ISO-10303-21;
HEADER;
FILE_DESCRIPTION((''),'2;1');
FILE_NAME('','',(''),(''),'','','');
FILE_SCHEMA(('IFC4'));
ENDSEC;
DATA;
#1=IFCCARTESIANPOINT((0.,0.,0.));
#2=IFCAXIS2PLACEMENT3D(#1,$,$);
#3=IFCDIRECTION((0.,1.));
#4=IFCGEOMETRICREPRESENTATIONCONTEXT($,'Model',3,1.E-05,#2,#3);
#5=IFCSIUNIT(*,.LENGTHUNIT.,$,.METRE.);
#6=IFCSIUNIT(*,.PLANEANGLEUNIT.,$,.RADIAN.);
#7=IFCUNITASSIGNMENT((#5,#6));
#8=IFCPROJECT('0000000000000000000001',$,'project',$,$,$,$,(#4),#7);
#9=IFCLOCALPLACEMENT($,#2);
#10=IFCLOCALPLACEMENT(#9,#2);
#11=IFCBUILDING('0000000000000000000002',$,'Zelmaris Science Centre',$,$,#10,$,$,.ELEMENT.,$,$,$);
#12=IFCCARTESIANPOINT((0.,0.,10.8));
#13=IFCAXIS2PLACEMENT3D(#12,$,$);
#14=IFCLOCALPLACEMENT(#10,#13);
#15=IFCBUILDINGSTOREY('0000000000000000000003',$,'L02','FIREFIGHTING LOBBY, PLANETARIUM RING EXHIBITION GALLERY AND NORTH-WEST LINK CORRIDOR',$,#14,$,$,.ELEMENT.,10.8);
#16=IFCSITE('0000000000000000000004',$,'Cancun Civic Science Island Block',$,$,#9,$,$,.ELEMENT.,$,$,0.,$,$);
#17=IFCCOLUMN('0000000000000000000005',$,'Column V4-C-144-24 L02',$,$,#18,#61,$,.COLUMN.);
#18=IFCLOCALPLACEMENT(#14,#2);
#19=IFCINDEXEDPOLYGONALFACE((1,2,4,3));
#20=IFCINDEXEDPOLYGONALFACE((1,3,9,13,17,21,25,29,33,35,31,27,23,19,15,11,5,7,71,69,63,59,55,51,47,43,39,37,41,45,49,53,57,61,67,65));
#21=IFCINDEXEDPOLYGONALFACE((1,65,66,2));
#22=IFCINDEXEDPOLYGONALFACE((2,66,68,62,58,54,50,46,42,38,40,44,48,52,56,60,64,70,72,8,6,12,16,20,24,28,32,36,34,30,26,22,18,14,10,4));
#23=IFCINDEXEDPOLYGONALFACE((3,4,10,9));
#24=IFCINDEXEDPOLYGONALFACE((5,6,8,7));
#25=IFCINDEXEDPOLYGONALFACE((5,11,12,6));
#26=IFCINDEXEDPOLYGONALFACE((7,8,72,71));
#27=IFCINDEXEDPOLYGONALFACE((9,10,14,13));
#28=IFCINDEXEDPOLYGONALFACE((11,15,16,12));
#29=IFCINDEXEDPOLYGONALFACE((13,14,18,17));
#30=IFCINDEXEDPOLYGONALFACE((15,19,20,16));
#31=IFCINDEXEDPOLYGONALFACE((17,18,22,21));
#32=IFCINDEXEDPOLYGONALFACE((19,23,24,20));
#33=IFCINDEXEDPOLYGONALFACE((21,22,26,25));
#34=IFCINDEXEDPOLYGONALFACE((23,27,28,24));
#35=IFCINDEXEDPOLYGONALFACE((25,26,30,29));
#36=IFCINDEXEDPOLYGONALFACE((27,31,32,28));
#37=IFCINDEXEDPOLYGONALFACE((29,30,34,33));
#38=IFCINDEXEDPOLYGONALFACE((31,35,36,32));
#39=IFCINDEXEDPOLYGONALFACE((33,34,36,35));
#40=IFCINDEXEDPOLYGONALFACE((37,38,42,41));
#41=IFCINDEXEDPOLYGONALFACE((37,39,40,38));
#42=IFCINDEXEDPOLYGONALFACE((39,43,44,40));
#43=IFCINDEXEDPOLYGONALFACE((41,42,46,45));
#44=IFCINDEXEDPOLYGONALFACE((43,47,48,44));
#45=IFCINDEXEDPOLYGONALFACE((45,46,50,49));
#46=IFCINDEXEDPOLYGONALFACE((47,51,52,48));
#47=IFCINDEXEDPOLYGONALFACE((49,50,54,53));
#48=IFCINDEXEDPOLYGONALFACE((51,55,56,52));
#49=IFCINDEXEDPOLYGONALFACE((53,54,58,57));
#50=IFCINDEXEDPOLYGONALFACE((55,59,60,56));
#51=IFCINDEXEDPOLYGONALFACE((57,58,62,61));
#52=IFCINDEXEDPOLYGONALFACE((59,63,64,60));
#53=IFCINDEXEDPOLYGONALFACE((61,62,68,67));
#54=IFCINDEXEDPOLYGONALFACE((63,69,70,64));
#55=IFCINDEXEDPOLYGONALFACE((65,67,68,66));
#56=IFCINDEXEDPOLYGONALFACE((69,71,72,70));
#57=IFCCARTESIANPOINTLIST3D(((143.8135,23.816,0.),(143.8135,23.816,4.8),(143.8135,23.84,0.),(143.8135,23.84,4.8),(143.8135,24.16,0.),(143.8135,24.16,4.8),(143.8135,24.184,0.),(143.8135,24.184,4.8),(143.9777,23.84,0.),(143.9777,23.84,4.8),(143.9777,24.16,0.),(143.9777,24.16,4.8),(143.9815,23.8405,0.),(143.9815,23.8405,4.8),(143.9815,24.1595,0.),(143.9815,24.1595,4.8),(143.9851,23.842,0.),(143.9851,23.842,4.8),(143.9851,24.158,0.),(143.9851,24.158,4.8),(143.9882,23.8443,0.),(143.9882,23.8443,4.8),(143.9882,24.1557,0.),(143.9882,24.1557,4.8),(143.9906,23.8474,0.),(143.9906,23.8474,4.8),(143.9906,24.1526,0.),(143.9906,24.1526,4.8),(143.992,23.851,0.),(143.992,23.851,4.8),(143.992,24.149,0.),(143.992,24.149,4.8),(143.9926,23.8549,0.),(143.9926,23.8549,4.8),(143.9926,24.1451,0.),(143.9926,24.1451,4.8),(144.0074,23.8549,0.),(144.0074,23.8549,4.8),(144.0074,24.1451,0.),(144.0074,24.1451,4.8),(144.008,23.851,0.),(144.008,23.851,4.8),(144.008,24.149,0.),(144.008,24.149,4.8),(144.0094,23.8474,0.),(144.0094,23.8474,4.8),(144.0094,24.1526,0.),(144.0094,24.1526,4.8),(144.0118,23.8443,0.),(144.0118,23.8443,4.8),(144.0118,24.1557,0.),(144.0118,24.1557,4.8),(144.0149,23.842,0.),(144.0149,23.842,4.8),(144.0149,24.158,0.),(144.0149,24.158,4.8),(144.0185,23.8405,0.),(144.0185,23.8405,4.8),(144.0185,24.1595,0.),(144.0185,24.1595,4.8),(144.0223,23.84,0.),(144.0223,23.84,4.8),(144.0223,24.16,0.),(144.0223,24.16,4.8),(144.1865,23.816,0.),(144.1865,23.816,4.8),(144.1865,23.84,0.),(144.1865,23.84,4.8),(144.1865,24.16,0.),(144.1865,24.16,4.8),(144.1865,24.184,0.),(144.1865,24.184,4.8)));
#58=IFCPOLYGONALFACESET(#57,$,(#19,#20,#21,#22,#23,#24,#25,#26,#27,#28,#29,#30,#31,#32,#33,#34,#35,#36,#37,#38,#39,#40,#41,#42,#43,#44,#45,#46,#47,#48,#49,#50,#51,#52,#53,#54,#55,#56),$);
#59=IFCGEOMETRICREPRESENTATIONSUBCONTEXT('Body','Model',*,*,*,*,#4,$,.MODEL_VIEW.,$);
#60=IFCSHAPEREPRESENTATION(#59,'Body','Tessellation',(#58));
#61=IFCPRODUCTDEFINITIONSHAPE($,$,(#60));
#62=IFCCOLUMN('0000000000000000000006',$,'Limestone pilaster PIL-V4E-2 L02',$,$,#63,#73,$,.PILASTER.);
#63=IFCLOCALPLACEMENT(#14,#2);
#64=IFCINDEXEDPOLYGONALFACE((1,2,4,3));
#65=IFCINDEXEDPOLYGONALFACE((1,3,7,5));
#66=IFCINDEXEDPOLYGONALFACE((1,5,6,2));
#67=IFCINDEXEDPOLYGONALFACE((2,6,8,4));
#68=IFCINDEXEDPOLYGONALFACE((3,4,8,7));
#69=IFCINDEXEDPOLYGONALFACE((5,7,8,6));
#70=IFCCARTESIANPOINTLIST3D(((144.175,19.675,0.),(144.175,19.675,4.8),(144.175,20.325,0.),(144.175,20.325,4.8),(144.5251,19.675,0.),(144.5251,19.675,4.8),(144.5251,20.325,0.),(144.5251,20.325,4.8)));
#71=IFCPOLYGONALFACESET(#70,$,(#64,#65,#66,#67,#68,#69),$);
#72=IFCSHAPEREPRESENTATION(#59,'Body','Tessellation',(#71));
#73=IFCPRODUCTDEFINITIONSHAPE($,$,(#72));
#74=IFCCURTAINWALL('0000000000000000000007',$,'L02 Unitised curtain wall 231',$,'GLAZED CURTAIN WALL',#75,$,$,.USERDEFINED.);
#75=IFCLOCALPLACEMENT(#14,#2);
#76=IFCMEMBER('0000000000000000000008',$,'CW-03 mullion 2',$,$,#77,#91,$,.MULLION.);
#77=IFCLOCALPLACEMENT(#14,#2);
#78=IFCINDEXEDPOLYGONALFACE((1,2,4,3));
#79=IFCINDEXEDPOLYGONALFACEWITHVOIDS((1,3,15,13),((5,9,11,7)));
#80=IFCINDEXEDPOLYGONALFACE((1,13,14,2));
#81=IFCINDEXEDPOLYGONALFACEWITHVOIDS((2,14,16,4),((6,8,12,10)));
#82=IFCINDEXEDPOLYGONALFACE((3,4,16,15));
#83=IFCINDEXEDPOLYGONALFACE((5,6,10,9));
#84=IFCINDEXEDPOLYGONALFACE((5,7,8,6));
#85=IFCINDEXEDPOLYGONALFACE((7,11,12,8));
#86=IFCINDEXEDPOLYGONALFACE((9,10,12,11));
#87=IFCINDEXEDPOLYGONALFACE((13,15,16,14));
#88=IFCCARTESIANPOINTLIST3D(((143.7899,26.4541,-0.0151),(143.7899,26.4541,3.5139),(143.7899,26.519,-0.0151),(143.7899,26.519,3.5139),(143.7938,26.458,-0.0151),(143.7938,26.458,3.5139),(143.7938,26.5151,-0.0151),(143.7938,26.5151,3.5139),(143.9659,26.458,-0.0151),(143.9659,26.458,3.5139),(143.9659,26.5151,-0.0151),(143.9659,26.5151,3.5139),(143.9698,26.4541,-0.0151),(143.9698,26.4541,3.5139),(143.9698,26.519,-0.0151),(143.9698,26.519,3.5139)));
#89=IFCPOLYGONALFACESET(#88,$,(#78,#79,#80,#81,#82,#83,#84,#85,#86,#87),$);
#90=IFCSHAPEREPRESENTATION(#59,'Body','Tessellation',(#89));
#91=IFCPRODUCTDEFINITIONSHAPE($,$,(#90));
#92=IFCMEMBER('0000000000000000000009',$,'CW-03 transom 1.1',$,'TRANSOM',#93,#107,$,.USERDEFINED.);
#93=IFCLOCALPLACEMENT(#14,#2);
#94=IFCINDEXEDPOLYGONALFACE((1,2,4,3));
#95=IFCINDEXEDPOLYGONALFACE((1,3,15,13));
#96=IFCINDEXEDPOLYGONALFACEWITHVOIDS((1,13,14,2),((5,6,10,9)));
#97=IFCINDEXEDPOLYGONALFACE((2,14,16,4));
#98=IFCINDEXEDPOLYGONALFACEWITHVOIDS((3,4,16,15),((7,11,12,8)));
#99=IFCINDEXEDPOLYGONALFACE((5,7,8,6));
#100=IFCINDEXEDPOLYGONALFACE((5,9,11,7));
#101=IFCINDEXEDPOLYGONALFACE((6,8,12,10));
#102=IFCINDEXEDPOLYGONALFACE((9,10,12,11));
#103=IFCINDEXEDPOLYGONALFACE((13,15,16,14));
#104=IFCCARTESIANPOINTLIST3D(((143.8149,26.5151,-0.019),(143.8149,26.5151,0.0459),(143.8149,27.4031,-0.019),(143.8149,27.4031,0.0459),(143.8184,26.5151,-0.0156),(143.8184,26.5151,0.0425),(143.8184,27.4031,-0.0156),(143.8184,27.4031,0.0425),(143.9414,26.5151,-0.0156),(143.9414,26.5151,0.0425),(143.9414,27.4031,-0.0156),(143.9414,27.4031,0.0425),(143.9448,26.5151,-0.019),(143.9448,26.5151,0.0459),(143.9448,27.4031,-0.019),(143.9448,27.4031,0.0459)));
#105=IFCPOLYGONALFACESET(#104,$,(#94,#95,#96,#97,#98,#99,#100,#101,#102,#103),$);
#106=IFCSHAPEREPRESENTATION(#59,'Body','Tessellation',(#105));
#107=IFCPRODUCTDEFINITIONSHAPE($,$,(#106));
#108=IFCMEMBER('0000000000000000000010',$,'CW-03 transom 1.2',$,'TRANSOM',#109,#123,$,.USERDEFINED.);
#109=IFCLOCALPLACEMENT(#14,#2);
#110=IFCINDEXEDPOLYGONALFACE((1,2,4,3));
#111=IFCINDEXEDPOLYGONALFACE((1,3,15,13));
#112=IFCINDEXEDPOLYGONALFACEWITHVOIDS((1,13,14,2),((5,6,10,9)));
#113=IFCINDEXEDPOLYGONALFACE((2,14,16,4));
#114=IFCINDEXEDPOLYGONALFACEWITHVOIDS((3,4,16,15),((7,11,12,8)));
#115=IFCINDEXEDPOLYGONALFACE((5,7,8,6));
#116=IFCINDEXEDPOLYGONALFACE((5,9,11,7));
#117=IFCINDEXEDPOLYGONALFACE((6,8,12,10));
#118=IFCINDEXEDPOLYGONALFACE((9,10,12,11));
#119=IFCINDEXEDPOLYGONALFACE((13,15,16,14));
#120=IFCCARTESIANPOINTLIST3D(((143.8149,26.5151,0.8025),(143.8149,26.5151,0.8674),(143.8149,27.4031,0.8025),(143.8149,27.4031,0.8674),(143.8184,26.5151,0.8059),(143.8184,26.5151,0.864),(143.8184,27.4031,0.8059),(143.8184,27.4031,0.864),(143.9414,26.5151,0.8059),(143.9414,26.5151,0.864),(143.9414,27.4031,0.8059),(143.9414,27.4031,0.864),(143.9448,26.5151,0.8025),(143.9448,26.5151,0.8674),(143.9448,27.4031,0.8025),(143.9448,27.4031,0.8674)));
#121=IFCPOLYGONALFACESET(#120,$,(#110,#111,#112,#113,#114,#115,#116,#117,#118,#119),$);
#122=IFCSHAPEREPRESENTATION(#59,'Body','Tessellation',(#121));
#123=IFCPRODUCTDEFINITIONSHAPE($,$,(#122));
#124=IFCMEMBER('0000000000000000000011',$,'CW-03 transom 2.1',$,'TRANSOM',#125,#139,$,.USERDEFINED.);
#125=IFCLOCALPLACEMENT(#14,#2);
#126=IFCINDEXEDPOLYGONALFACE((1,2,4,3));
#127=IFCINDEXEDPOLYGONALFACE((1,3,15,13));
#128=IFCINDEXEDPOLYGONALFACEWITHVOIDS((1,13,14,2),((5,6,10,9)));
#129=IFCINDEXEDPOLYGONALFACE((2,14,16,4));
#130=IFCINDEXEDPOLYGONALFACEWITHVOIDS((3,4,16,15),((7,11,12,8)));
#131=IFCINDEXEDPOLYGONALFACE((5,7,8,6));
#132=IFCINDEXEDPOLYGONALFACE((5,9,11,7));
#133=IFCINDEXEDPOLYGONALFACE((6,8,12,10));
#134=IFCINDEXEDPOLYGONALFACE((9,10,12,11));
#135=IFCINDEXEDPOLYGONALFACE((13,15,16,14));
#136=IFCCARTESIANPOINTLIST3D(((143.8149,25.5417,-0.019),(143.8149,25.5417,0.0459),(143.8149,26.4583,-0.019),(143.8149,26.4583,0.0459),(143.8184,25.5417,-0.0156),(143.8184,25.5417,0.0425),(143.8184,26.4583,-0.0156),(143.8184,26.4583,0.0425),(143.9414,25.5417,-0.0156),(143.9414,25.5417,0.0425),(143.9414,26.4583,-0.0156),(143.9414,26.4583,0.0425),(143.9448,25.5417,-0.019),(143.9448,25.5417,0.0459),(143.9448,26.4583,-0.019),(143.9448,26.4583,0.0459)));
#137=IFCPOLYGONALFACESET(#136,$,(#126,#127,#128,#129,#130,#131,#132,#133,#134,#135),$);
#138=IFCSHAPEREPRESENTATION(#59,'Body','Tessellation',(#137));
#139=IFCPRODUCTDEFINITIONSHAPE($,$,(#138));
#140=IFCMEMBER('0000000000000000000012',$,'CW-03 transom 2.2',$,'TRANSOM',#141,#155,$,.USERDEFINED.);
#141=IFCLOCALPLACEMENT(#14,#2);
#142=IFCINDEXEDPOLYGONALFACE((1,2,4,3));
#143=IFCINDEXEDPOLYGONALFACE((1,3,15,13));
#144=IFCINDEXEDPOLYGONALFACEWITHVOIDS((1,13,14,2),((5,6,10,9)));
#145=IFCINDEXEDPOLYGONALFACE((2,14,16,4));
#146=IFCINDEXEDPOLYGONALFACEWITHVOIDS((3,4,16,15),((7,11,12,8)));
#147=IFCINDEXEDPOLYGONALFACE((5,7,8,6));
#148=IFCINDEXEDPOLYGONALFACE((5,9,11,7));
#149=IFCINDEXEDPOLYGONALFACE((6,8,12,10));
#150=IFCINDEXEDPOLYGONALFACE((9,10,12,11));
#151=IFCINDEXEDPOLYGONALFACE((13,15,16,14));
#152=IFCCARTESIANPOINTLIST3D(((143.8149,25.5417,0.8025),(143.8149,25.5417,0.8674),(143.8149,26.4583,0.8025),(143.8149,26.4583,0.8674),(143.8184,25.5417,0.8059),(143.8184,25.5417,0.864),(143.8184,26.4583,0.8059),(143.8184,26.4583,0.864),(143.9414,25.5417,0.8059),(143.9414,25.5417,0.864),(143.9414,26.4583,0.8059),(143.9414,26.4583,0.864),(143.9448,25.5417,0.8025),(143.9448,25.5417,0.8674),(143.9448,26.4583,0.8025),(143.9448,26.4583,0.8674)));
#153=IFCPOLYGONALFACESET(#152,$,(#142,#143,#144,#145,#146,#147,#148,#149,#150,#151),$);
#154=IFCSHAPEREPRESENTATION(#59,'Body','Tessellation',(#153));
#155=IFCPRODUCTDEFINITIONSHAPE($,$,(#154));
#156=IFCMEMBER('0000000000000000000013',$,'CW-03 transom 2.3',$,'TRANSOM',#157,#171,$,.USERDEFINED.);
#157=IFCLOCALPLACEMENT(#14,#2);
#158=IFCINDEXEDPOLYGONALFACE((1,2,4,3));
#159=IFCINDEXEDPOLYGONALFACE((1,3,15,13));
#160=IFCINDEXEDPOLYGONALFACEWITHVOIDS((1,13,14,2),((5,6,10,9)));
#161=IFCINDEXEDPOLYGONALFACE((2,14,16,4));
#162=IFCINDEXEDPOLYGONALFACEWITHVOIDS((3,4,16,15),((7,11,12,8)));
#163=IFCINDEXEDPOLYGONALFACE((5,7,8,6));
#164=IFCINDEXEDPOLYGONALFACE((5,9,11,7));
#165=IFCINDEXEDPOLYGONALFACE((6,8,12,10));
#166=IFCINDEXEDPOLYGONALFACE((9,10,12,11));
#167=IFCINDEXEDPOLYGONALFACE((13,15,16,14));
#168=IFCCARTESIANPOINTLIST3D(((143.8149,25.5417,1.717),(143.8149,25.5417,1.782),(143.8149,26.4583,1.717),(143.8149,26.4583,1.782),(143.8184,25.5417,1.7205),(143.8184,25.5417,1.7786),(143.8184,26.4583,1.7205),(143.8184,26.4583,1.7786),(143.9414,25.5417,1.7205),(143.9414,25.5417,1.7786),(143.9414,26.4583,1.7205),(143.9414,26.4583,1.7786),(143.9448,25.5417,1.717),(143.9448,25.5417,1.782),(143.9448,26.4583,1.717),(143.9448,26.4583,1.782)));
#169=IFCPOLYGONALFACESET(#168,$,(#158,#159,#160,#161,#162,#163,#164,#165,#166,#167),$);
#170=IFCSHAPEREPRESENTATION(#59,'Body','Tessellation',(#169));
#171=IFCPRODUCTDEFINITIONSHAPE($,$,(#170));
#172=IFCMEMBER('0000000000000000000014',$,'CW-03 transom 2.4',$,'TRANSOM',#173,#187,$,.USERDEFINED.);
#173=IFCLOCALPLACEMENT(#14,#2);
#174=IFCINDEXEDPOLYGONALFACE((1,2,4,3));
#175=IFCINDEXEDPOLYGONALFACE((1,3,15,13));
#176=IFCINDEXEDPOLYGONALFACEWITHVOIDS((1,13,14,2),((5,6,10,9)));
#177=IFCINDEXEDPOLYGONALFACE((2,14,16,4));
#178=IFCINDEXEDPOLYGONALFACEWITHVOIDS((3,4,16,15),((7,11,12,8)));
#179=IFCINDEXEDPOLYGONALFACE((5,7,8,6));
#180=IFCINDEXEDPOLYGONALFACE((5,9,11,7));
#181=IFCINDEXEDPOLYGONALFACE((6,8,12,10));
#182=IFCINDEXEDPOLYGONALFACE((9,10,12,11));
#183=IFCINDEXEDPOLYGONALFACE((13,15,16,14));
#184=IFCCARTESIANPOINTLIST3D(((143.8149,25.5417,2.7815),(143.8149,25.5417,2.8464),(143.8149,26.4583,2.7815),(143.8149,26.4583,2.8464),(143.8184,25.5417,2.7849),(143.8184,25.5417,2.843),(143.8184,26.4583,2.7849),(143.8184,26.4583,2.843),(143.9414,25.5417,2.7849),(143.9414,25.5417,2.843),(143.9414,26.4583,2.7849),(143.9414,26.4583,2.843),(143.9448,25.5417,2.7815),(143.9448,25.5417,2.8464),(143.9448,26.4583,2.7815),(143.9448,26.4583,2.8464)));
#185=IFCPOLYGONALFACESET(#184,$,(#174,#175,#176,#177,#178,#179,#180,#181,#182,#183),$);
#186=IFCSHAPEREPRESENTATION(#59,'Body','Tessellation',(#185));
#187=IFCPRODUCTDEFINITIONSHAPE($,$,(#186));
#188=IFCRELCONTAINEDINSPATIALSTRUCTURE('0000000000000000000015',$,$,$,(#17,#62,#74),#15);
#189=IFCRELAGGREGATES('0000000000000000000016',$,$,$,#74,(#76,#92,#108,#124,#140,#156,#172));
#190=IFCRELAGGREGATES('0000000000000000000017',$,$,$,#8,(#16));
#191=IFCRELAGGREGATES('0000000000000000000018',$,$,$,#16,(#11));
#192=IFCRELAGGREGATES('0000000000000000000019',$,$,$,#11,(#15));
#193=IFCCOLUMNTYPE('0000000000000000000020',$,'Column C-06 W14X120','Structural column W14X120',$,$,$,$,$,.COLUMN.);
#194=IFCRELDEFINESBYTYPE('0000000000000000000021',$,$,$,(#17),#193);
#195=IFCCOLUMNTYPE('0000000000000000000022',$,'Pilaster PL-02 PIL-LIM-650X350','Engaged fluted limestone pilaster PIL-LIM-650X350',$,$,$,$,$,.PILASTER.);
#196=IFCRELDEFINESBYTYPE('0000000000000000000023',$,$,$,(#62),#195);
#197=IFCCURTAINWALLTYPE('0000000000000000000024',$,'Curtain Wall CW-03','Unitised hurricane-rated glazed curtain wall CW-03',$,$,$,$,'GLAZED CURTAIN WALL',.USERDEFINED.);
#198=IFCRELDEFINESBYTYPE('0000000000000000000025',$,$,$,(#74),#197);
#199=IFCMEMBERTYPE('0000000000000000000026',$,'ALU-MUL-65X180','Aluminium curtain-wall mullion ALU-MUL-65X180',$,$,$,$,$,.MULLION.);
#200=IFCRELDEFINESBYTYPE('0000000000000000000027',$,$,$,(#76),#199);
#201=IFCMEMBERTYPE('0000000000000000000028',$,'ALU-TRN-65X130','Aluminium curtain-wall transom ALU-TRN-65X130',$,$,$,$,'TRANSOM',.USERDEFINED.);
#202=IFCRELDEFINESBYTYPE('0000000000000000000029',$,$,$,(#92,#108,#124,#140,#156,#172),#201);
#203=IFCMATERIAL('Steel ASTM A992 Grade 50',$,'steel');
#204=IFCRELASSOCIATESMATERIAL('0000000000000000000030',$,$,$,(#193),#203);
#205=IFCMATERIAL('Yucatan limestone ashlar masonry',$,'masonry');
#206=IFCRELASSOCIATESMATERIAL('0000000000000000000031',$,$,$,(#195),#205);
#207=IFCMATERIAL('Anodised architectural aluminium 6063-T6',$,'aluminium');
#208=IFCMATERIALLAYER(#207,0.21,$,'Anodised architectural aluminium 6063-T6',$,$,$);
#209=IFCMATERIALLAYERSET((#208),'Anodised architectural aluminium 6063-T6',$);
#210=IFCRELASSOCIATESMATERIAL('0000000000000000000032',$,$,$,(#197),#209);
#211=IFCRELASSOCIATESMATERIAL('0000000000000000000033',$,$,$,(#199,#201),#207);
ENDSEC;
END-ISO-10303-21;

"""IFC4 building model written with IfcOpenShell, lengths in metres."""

from ifc_helpers import new_model, si_unit, direction, frame, origin, origin_2d, place, context, subcontext, project, spatial, rectangle, hollow_rectangle, i_section, extrude, material, layer, layer_set, material_profile, profile_set, type_object, element, aggregate, save


model = new_model("IFC4")

# Units and contexts
model_context = context("Model", 3, precision=1e-05, world=origin(), true_north=direction((0.0, 1.0)))
body_context = subcontext(model_context, "Body", "Model", "MODEL_VIEW")
ifc_project = project(units=[si_unit("LENGTHUNIT", "METRE"), si_unit("PLANEANGLEUNIT", "RADIAN")], contexts=[model_context])

# Site, building, storey
site_placement = place(None, origin())
site = spatial("IfcSite", under=ifc_project, at=site_placement, Name="Cancun Civic Science Island Block", CompositionType="ELEMENT", RefElevation=0.0)
building_placement = place(site_placement, origin())
building = spatial("IfcBuilding", under=site, at=building_placement, Name="Zelmaris Science Centre", CompositionType="ELEMENT")
storey_placement = place(building_placement, frame((0.0, 0.0, 10.8)))
storey = spatial("IfcBuildingStorey", under=building, at=storey_placement, Name="L02", Description="FIREFIGHTING LOBBY, PLANETARIUM RING EXHIBITION GALLERY AND NORTH-WEST LINK CORRIDOR", CompositionType="ELEMENT", Elevation=10.8)

# Columns
ifc_material_1 = material(Name="Steel ASTM A992 Grade 50", Category="steel")
ifc_material_profile_1 = material_profile(ifc_material_1, i_section(OverallWidth=0.373, OverallDepth=0.3679, WebThickness=0.0149, FlangeThickness=0.0239, FilletRadius=0.0149, at=origin_2d()), Name="W14X120")
ifc_profile_set_1 = profile_set([ifc_material_profile_1], Name="Steel ASTM A992 Grade 50")
column_type_1 = type_object("IfcColumnType", Name="Column C-06 W14X120", Description="Structural column W14X120", PredefinedType="COLUMN", material=ifc_profile_set_1)
column_1_placement = place(storey_placement, frame((144.0, 24.0, 0.0), z_axis=(0.0, 0.0, 1.0), x_axis=(1.0, 0.0, 0.0)))
element("IfcColumn", 1, at=column_1_placement, inside=storey, type_object=column_type_1, Name="Column V4-C-144-24 L02", PredefinedType="COLUMN", context=body_context, shape_type="SweptSolid", body=[
    extrude(i_section(OverallWidth=0.373, OverallDepth=0.3679, WebThickness=0.0149, FlangeThickness=0.0239, FilletRadius=0.0149, at=origin_2d()), origin(), (0.0, 0.0, 1.0), 4.8),
])
ifc_material_2 = material(Name="Yucatan limestone ashlar masonry", Category="masonry")
ifc_material_profile_2 = material_profile(ifc_material_2, rectangle(XDim=0.6499, YDim=0.3501, at=origin_2d()), Name="PIL-LIM-650X350")
ifc_profile_set_2 = profile_set([ifc_material_profile_2], Name="Yucatan limestone ashlar masonry")
column_type_2 = type_object("IfcColumnType", Name="Pilaster PL-02 PIL-LIM-650X350", Description="Engaged fluted limestone pilaster PIL-LIM-650X350", PredefinedType="PILASTER", material=ifc_profile_set_2)
column_2_placement = place(storey_placement, frame((144.3501, 20.0, 0.0), z_axis=(0.0, 0.0, 1.0), x_axis=(0.0, 1.0, 0.0)))
element("IfcColumn", 2, at=column_2_placement, inside=storey, type_object=column_type_2, Name="Limestone pilaster PIL-V4E-2 L02", PredefinedType="PILASTER", context=body_context, shape_type="SweptSolid", body=[
    extrude(rectangle(XDim=0.6499, YDim=0.3501, at=origin_2d()), origin(), (0.0, 0.0, 1.0), 4.8),
])

# Curtain wall, members
ifc_material_3 = material(Name="Anodised architectural aluminium 6063-T6", Category="aluminium")
ifc_layer_1 = layer(ifc_material_3, 0.21, Name="Anodised architectural aluminium 6063-T6")
ifc_layer_set_1 = layer_set([ifc_layer_1], Name="Anodised architectural aluminium 6063-T6")
curtain_wall_type = type_object("IfcCurtainWallType", Name="Curtain Wall CW-03", Description="Unitised hurricane-rated glazed curtain wall CW-03", ElementType="GLAZED CURTAIN WALL", PredefinedType="USERDEFINED", material=ifc_layer_set_1)
curtain_wall_placement = place(storey_placement, origin())
curtain_wall = element("IfcCurtainWall", 3, at=curtain_wall_placement, inside=storey, type_object=curtain_wall_type, Name="L02 Unitised curtain wall 231", ObjectType="GLAZED CURTAIN WALL", PredefinedType="USERDEFINED")
ifc_material_profile_3 = material_profile(ifc_material_3, hollow_rectangle(XDim=0.0649, YDim=0.1799, WallThickness=0.0039, at=origin_2d()), Name="ALU-MUL-65X180")
ifc_profile_set_3 = profile_set([ifc_material_profile_3], Name="Anodised architectural aluminium 6063-T6")
member_type_1 = type_object("IfcMemberType", Name="ALU-MUL-65X180", Description="Aluminium curtain-wall mullion ALU-MUL-65X180", PredefinedType="MULLION", material=ifc_profile_set_3)
member_1_placement = place(storey_placement, frame((143.8799, 26.4866, -0.0151), z_axis=(0.0, 0.0, 1.0), x_axis=(0.0, -1.0, 0.0)))
member_1 = element("IfcMember", 4, at=member_1_placement, type_object=member_type_1, Name="CW-03 mullion 2", PredefinedType="MULLION", context=body_context, shape_type="SweptSolid", body=[
    extrude(hollow_rectangle(XDim=0.0649, YDim=0.1799, WallThickness=0.0039, at=origin_2d()), origin(), (0.0, 0.0, 1.0), 3.5291),
])
ifc_material_profile_4 = material_profile(ifc_material_3, hollow_rectangle(XDim=0.0649, YDim=0.1299, WallThickness=0.0034, at=origin_2d()), Name="ALU-TRN-65X130")
ifc_profile_set_4 = profile_set([ifc_material_profile_4], Name="Anodised architectural aluminium 6063-T6")
member_type_2 = type_object("IfcMemberType", Name="ALU-TRN-65X130", Description="Aluminium curtain-wall transom ALU-TRN-65X130", ElementType="TRANSOM", PredefinedType="USERDEFINED", material=ifc_profile_set_4)
member_2_placement = place(storey_placement, frame((143.8799, 27.4031, 0.0134), z_axis=(0.0, -1.0, 0.0), x_axis=(0.0, 0.0, 1.0)))
member_2 = element("IfcMember", 5, at=member_2_placement, type_object=member_type_2, Name="CW-03 transom 1.1", ObjectType="TRANSOM", PredefinedType="USERDEFINED", context=body_context, shape_type="SweptSolid", body=[
    extrude(hollow_rectangle(XDim=0.0649, YDim=0.1299, WallThickness=0.0034, at=origin_2d()), origin(), (0.0, 0.0, 1.0), 0.8879),
])
member_3_placement = place(storey_placement, frame((143.8799, 27.4031, 0.835), z_axis=(0.0, -1.0, 0.0), x_axis=(0.0, 0.0, 1.0)))
member_3 = element("IfcMember", 6, at=member_3_placement, type_object=member_type_2, Name="CW-03 transom 1.2", ObjectType="TRANSOM", PredefinedType="USERDEFINED", context=body_context, shape_type="SweptSolid", body=[
    extrude(hollow_rectangle(XDim=0.0649, YDim=0.1299, WallThickness=0.0034, at=origin_2d()), origin(), (0.0, 0.0, 1.0), 0.8879),
])
member_4_placement = place(storey_placement, frame((143.8799, 26.4583, 0.0134), z_axis=(0.0, -1.0, 0.0), x_axis=(0.0, 0.0, 1.0)))
member_4 = element("IfcMember", 7, at=member_4_placement, type_object=member_type_2, Name="CW-03 transom 2.1", ObjectType="TRANSOM", PredefinedType="USERDEFINED", context=body_context, shape_type="SweptSolid", body=[
    extrude(hollow_rectangle(XDim=0.0649, YDim=0.1299, WallThickness=0.0034, at=origin_2d()), origin(), (0.0, 0.0, 1.0), 0.9165),
])
member_5_placement = place(storey_placement, frame((143.8799, 26.4583, 0.835), z_axis=(0.0, -1.0, 0.0), x_axis=(0.0, 0.0, 1.0)))
member_5 = element("IfcMember", 8, at=member_5_placement, type_object=member_type_2, Name="CW-03 transom 2.2", ObjectType="TRANSOM", PredefinedType="USERDEFINED", context=body_context, shape_type="SweptSolid", body=[
    extrude(hollow_rectangle(XDim=0.0649, YDim=0.1299, WallThickness=0.0034, at=origin_2d()), origin(), (0.0, 0.0, 1.0), 0.9165),
])
member_6_placement = place(storey_placement, frame((143.8799, 26.4583, 1.7495), z_axis=(0.0, -1.0, 0.0), x_axis=(0.0, 0.0, 1.0)))
member_6 = element("IfcMember", 9, at=member_6_placement, type_object=member_type_2, Name="CW-03 transom 2.3", ObjectType="TRANSOM", PredefinedType="USERDEFINED", context=body_context, shape_type="SweptSolid", body=[
    extrude(hollow_rectangle(XDim=0.0649, YDim=0.1299, WallThickness=0.0034, at=origin_2d()), origin(), (0.0, 0.0, 1.0), 0.9165),
])
member_7_placement = place(storey_placement, frame((143.8799, 26.4583, 2.814), z_axis=(0.0, -1.0, 0.0), x_axis=(0.0, 0.0, 1.0)))
member_7 = element("IfcMember", 10, at=member_7_placement, type_object=member_type_2, Name="CW-03 transom 2.4", ObjectType="TRANSOM", PredefinedType="USERDEFINED", context=body_context, shape_type="SweptSolid", body=[
    extrude(hollow_rectangle(XDim=0.0649, YDim=0.1299, WallThickness=0.0034, at=origin_2d()), origin(), (0.0, 0.0, 1.0), 0.9165),
])

aggregate(curtain_wall, [member_1, member_2, member_3, member_4, member_5, member_6, member_7])

save(model, "model.ifc")
